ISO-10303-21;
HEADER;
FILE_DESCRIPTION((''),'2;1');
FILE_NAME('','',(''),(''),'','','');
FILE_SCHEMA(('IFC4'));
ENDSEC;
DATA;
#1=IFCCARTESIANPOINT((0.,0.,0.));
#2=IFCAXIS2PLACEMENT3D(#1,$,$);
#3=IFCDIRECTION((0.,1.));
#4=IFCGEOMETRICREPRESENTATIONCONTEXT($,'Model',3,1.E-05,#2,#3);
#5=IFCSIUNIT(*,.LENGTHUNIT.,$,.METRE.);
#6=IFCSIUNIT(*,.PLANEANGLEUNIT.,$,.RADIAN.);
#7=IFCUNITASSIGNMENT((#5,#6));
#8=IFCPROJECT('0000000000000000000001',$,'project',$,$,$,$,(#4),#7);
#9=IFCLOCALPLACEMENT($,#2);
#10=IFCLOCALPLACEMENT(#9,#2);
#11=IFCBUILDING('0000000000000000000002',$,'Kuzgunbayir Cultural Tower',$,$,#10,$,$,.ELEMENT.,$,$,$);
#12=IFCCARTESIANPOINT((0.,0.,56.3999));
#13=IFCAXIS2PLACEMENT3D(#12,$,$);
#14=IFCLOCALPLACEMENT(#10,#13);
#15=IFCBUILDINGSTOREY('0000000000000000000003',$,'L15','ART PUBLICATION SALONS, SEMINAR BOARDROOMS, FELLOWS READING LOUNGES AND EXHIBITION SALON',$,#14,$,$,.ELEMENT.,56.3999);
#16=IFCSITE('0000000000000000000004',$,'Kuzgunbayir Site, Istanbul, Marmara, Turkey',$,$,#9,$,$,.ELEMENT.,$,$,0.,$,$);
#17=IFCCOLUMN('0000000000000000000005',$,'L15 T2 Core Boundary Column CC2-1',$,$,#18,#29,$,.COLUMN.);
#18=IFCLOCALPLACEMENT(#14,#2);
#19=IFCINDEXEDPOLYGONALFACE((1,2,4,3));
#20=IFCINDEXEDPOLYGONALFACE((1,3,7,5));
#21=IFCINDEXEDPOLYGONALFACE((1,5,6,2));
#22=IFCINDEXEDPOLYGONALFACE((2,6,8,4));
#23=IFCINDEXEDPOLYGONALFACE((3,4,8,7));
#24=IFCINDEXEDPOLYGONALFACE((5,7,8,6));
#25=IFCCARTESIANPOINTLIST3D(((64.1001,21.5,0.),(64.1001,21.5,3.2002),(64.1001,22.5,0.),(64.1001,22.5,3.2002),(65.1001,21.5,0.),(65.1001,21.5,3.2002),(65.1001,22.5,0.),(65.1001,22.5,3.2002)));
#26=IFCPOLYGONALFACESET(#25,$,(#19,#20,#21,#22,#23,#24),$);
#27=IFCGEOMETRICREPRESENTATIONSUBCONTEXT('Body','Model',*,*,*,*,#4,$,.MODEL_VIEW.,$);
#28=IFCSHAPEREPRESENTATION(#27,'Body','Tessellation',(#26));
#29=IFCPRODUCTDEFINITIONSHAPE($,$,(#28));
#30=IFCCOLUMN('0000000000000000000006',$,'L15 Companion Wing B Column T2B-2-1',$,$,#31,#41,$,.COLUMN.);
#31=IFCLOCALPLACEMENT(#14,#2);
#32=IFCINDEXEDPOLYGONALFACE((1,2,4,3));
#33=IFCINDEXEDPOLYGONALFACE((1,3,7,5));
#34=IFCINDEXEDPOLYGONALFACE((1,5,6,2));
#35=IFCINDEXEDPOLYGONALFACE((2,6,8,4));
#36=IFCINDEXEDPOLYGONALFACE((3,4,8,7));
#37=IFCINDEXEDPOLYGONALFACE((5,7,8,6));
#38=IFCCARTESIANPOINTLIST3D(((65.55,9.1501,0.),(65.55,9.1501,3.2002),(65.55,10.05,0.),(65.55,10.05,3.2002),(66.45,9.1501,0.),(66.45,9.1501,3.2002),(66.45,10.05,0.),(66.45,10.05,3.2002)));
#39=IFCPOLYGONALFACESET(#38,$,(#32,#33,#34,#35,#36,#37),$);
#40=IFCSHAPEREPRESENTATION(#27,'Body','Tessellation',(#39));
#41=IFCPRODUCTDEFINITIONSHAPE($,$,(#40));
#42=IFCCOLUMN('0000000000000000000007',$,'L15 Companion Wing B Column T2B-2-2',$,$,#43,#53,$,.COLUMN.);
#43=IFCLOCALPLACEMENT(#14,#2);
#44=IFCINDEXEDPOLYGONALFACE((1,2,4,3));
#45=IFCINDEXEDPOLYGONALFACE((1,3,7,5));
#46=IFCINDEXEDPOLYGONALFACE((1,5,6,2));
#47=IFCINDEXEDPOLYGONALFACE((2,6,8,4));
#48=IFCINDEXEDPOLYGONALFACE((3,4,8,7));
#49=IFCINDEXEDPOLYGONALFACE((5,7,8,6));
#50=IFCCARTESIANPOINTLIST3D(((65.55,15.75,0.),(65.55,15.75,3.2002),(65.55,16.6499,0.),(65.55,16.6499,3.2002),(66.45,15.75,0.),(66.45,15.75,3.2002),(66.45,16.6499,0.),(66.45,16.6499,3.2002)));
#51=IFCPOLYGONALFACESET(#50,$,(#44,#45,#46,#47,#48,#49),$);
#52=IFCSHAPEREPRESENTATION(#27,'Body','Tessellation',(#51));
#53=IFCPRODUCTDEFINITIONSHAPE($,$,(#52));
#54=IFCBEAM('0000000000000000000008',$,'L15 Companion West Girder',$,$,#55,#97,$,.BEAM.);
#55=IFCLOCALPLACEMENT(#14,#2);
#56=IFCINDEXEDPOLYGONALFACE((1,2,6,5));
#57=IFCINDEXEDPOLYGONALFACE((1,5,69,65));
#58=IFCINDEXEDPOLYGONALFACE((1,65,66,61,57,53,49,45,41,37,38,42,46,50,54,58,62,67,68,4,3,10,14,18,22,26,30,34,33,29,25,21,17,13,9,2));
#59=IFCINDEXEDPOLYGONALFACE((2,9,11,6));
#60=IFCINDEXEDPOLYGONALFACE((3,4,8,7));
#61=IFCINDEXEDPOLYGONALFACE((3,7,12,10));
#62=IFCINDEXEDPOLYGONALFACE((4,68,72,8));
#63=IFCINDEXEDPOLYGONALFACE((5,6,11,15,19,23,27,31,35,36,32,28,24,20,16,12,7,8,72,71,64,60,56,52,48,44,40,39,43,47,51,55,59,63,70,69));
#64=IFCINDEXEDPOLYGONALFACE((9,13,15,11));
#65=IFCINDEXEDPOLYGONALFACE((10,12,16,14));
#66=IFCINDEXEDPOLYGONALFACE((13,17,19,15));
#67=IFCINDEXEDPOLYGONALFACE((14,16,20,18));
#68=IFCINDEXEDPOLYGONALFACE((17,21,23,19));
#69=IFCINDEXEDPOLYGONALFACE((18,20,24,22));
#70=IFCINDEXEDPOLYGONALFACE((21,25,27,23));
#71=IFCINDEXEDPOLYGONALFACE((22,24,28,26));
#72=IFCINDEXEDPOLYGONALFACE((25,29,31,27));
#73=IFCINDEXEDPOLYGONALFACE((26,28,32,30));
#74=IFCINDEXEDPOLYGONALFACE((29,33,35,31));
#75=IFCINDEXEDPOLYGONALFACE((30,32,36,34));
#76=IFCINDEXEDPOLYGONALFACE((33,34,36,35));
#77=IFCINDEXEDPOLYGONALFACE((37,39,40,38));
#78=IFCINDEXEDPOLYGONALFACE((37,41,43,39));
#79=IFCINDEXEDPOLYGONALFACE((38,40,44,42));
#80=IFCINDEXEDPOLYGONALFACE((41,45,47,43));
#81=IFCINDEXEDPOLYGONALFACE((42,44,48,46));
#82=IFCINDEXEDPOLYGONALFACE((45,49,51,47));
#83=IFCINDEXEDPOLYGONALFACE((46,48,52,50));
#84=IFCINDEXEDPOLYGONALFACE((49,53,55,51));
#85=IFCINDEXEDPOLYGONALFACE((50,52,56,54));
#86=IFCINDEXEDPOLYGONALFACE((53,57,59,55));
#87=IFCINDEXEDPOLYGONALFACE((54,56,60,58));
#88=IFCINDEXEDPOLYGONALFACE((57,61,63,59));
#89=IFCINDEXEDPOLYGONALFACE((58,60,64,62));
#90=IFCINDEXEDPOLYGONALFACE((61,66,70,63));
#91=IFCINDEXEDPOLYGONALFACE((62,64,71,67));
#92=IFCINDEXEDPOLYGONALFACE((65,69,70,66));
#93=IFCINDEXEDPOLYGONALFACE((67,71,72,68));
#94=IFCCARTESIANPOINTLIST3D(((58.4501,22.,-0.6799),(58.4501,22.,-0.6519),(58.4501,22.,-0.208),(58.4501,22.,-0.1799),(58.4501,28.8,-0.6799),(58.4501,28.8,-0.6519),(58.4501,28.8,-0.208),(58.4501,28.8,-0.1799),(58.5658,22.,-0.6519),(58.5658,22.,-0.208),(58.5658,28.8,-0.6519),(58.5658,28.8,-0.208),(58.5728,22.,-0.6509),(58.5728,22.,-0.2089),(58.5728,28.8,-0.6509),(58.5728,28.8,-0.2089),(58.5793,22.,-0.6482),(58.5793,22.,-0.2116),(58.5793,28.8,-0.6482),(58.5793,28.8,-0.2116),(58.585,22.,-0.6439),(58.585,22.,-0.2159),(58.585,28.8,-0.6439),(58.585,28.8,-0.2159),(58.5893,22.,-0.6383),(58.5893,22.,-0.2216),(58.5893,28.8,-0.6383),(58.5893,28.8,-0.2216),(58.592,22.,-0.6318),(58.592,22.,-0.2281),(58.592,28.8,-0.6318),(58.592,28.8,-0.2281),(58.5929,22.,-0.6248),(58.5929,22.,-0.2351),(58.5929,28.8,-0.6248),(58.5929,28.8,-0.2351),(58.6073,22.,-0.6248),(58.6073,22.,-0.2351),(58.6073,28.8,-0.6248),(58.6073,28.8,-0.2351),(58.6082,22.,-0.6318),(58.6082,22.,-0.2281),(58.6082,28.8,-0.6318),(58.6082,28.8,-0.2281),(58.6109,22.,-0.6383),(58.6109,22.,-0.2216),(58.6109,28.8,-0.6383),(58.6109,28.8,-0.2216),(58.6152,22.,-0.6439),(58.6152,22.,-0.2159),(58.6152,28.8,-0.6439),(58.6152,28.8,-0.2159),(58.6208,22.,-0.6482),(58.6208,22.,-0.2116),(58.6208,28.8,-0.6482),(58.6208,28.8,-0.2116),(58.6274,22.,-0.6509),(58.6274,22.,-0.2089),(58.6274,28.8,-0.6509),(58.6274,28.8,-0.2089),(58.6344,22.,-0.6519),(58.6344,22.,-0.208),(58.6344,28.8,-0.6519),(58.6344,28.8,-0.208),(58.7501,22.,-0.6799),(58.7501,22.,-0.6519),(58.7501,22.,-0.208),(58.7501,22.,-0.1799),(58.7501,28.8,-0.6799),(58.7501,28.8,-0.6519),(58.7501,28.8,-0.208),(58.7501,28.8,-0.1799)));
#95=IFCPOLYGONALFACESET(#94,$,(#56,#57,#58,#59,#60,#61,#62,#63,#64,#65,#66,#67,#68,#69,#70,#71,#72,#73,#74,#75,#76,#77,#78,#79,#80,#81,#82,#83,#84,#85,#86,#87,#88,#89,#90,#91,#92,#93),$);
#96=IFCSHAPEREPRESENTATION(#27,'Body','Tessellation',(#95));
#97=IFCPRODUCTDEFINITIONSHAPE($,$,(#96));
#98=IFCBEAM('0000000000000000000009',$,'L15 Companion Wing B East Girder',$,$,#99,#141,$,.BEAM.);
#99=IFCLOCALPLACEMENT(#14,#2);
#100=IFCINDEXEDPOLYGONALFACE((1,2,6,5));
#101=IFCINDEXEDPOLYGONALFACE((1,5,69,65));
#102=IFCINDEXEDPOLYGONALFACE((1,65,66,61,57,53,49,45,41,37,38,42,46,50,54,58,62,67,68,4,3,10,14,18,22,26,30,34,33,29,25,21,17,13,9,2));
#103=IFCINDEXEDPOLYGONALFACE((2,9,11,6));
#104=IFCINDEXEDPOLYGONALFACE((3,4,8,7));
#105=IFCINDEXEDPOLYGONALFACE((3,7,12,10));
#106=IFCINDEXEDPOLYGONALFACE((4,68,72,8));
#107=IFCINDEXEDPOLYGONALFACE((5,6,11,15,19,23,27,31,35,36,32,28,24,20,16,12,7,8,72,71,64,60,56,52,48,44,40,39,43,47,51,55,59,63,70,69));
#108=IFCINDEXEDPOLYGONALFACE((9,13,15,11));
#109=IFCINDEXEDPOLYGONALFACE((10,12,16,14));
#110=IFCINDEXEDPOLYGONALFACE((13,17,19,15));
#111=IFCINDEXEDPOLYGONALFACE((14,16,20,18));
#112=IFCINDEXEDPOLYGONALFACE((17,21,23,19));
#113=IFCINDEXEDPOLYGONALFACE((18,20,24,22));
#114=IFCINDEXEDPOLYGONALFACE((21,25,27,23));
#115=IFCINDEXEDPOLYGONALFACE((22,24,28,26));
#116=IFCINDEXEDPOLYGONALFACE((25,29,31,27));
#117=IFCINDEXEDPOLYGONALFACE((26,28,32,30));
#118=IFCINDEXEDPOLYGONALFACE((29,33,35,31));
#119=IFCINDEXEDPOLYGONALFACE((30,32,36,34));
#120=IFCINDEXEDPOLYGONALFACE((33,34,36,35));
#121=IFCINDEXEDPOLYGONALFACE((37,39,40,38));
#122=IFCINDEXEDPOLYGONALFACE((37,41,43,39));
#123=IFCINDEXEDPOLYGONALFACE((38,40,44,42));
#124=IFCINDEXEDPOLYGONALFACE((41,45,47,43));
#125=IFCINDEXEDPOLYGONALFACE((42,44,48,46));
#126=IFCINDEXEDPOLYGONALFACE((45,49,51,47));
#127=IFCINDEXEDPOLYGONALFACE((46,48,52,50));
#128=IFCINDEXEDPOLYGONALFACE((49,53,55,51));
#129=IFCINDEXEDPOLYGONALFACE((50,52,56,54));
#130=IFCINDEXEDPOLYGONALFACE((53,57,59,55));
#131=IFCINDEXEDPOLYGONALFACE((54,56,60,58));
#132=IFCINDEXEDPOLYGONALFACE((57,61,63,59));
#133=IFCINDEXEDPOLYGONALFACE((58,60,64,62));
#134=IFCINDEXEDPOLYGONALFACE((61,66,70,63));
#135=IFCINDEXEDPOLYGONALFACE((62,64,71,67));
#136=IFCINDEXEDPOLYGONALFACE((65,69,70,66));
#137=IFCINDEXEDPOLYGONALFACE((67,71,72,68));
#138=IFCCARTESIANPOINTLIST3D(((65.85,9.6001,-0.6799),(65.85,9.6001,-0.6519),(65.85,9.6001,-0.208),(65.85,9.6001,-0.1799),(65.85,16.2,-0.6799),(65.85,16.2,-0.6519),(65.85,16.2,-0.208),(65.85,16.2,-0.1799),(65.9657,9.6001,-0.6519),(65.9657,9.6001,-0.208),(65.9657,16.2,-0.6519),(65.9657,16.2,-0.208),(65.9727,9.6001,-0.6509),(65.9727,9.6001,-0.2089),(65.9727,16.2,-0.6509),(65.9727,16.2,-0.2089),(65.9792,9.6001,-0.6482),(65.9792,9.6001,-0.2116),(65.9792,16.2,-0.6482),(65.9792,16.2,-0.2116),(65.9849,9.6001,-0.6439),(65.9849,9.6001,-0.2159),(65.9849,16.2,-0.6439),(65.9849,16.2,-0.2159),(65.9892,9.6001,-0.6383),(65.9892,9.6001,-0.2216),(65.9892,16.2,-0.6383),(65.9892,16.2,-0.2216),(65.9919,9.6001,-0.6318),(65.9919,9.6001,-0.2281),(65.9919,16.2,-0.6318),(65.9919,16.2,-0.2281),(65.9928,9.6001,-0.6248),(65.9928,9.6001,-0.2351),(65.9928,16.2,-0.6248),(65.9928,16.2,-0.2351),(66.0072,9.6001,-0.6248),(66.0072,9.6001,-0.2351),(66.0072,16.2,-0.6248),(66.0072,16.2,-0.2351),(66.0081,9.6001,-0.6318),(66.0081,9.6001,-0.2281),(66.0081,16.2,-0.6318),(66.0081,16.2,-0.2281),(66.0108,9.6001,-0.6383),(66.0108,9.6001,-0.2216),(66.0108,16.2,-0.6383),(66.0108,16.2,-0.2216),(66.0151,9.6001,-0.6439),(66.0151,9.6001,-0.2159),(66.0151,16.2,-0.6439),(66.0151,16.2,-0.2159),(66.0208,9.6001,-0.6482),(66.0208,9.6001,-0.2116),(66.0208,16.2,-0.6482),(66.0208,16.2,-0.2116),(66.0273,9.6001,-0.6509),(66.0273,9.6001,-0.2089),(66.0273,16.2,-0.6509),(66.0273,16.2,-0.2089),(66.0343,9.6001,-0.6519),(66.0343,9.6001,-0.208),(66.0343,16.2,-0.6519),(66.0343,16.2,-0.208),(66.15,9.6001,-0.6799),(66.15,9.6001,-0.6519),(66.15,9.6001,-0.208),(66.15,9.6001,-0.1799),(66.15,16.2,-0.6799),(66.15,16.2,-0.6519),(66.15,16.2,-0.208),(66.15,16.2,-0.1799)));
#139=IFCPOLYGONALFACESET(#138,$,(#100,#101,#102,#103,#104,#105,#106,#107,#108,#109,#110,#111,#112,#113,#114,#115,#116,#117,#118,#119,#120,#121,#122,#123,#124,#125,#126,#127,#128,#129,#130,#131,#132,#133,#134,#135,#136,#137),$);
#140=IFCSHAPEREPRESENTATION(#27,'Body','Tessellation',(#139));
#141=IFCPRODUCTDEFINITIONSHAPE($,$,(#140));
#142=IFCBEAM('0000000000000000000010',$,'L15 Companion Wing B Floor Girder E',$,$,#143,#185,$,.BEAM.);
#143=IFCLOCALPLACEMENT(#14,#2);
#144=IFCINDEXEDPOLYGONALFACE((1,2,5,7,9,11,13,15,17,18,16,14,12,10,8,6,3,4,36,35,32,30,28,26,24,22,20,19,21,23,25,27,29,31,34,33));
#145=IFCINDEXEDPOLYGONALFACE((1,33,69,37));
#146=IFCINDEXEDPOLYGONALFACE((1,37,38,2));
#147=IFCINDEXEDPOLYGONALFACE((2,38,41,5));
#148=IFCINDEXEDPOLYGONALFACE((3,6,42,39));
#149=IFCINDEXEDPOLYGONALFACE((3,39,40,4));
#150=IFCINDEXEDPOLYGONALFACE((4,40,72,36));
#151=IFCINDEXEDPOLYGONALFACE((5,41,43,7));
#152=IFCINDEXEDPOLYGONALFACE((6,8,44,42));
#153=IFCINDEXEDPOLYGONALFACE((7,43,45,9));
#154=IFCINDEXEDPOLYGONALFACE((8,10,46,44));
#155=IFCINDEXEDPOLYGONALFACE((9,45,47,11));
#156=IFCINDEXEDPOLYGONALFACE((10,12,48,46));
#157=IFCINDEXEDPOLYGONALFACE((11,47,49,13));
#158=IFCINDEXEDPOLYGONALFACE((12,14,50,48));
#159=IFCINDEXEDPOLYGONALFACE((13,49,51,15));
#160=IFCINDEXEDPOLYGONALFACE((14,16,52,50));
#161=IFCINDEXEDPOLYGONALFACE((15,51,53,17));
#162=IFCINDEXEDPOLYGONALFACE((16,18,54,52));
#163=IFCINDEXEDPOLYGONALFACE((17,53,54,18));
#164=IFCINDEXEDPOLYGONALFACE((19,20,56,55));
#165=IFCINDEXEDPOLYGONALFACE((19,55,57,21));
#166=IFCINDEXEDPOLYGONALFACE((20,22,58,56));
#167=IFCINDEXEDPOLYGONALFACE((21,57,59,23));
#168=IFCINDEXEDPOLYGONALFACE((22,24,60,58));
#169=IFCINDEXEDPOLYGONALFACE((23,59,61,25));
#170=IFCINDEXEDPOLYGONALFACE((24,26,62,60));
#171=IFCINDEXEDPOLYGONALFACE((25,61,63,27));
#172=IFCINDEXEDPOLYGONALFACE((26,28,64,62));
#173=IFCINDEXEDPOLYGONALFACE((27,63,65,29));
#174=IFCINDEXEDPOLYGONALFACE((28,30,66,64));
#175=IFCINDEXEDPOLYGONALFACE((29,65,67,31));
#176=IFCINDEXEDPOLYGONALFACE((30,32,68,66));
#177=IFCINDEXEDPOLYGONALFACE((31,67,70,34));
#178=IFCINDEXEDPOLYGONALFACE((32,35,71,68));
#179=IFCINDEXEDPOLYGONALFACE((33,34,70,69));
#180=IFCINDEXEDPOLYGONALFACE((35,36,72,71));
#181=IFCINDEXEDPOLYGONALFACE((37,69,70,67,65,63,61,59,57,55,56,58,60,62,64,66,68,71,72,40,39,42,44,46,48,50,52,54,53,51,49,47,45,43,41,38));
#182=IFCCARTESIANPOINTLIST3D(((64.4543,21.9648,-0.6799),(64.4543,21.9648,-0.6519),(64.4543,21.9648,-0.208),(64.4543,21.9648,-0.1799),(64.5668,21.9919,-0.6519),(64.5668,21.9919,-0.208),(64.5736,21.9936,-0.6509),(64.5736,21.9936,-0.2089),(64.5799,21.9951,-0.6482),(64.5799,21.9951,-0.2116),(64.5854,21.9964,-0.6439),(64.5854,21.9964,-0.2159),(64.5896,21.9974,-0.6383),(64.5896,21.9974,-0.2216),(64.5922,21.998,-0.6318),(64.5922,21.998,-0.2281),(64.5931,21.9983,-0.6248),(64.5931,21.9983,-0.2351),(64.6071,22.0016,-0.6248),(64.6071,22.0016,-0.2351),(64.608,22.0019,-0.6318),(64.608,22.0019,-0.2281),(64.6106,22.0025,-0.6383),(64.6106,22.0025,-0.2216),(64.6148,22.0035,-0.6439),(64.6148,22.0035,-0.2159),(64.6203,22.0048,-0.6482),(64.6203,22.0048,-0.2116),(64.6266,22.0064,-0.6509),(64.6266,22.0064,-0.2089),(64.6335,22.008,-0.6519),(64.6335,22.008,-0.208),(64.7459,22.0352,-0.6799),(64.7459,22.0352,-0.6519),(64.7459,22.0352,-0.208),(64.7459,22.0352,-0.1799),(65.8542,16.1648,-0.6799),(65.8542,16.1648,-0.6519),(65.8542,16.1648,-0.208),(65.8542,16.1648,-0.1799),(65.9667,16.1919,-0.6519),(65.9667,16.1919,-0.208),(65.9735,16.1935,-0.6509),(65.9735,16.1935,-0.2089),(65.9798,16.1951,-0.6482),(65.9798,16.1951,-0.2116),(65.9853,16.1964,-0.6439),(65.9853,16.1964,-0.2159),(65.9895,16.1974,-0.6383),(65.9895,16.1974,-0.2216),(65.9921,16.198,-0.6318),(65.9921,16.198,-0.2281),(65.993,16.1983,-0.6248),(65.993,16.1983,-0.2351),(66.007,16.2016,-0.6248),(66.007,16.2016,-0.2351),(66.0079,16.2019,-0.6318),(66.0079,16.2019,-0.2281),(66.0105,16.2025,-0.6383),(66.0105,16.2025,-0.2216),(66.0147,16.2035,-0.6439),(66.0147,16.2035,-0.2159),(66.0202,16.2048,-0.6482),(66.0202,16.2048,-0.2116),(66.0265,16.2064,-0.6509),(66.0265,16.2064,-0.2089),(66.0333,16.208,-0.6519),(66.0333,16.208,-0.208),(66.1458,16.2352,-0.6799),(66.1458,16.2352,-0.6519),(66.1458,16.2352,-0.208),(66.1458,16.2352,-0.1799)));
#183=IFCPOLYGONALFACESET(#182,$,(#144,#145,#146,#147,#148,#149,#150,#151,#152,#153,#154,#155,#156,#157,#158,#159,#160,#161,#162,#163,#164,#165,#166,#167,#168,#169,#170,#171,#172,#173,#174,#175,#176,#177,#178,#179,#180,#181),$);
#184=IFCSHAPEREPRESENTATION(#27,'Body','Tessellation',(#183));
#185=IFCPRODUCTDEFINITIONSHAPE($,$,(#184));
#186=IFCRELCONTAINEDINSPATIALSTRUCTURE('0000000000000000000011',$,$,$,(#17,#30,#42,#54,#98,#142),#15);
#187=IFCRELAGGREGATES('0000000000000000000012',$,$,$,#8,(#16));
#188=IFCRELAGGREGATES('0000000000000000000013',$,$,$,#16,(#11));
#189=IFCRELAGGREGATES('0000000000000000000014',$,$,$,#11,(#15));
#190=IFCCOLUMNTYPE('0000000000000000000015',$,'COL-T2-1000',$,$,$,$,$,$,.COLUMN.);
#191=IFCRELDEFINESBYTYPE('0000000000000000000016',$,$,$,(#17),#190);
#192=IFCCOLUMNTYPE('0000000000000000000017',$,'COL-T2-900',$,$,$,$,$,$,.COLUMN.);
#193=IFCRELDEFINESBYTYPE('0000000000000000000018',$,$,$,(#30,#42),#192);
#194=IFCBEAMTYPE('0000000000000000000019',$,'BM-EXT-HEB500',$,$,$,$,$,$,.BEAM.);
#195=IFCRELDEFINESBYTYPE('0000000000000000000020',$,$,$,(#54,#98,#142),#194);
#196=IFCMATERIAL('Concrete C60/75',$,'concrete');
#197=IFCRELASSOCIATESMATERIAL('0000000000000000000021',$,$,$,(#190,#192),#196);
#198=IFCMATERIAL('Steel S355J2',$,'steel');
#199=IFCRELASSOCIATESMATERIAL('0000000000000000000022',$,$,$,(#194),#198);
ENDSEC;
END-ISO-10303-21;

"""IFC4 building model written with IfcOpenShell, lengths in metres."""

from ifc_helpers import new_model, si_unit, direction, frame, origin, origin_2d, place, context, subcontext, project, spatial, rectangle, i_section, extrude, material, material_profile, profile_set, type_object, element, save


model = new_model("IFC4")

# Units and contexts
model_context = context("Model", 3, precision=1e-05, world=origin(), true_north=direction((0.0, 1.0)))
body_context = subcontext(model_context, "Body", "Model", "MODEL_VIEW")
ifc_project = project(units=[si_unit("LENGTHUNIT", "METRE"), si_unit("PLANEANGLEUNIT", "RADIAN")], contexts=[model_context])

# Site, building, storey
site_placement = place(None, origin())
site = spatial("IfcSite", under=ifc_project, at=site_placement, Name="Kuzgunbayir Site, Istanbul, Marmara, Turkey", CompositionType="ELEMENT", RefElevation=0.0)
building_placement = place(site_placement, origin())
building = spatial("IfcBuilding", under=site, at=building_placement, Name="Kuzgunbayir Cultural Tower", CompositionType="ELEMENT")
storey_placement = place(building_placement, frame((0.0, 0.0, 56.3999)))
storey = spatial("IfcBuildingStorey", under=building, at=storey_placement, Name="L15", Description="ART PUBLICATION SALONS, SEMINAR BOARDROOMS, FELLOWS READING LOUNGES AND EXHIBITION SALON", CompositionType="ELEMENT", Elevation=56.3999)

# Columns
ifc_material_1 = material(Name="Concrete C60/75", Category="concrete")
ifc_material_profile_1 = material_profile(ifc_material_1, rectangle(XDim=1.0, YDim=1.0, at=origin_2d()), Name="RC 1000x1000")
ifc_profile_set_1 = profile_set([ifc_material_profile_1], Name="Concrete C60/75")
column_type_1 = type_object("IfcColumnType", Name="COL-T2-1000", PredefinedType="COLUMN", material=ifc_profile_set_1)
column_placement = place(storey_placement, frame((64.6001, 22.0, 0.0), z_axis=(0.0, 0.0, 1.0), x_axis=(1.0, 0.0, 0.0)))
element("IfcColumn", 1, at=column_placement, inside=storey, type_object=column_type_1, Name="L15 T2 Core Boundary Column CC2-1", PredefinedType="COLUMN", context=body_context, shape_type="SweptSolid", body=[
    extrude(rectangle(XDim=1.0, YDim=1.0, at=origin_2d()), origin(), (0.0, 0.0, 1.0), 3.2002),
])
ifc_material_profile_2 = material_profile(ifc_material_1, rectangle(XDim=0.8999, YDim=0.8999, at=origin_2d()), Name="RC 900x900")
ifc_profile_set_2 = profile_set([ifc_material_profile_2], Name="Concrete C60/75")
column_type_2 = type_object("IfcColumnType", Name="COL-T2-900", PredefinedType="COLUMN", material=ifc_profile_set_2)
for number, where, z_axis, x_axis, name in (
    (2, (66.0, 9.6001, 0.0), (0.0, 0.0, 1.0), (1.0, 0.0, 0.0), "L15 Companion Wing B Column T2B-2-1"),
    (3, (66.0, 16.2, 0.0), (0.0, 0.0, 1.0), (1.0, 0.0, 0.0), "L15 Companion Wing B Column T2B-2-2"),
):
    element("IfcColumn", number, at=place(storey_placement, frame(where, z_axis=z_axis, x_axis=x_axis)), inside=storey, type_object=column_type_2, Name=name, PredefinedType="COLUMN", context=body_context, shape_type="SweptSolid", body=[
        extrude(rectangle(XDim=0.8999, YDim=0.8999, at=origin_2d()), origin(), (0.0, 0.0, 1.0), 3.2002),
    ])

# Beams
ifc_material_2 = material(Name="Steel S355J2", Category="steel")
ifc_material_profile_3 = material_profile(ifc_material_2, i_section(OverallWidth=0.3, OverallDepth=0.5, WebThickness=0.0144, FlangeThickness=0.0281, FilletRadius=0.0271, at=origin_2d()), Name="HEB 500")
ifc_profile_set_3 = profile_set([ifc_material_profile_3], Name="Steel S355J2")
beam_type_1 = type_object("IfcBeamType", Name="BM-EXT-HEB500", PredefinedType="BEAM", material=ifc_profile_set_3)
beam_1_placement = place(storey_placement, frame((58.6001, 22.0, -0.4299), z_axis=(0.0, 1.0, 0.0), x_axis=(-1.0, 0.0, 0.0)))
element("IfcBeam", 4, at=beam_1_placement, inside=storey, type_object=beam_type_1, Name="L15 Companion West Girder", PredefinedType="BEAM", context=body_context, shape_type="SweptSolid", body=[
    extrude(i_section(OverallWidth=0.3, OverallDepth=0.5, WebThickness=0.0144, FlangeThickness=0.0281, FilletRadius=0.0271, at=origin_2d()), origin(), (0.0, 0.0, 1.0), 6.8),
])
beam_2_placement = place(storey_placement, frame((66.0, 9.6001, -0.4299), z_axis=(0.0, 1.0, 0.0), x_axis=(-1.0, 0.0, 0.0)))
element("IfcBeam", 5, at=beam_2_placement, inside=storey, type_object=beam_type_1, Name="L15 Companion Wing B East Girder", PredefinedType="BEAM", context=body_context, shape_type="SweptSolid", body=[
    extrude(i_section(OverallWidth=0.3, OverallDepth=0.5, WebThickness=0.0144, FlangeThickness=0.0281, FilletRadius=0.0271, at=origin_2d()), origin(), (0.0, 0.0, 1.0), 6.5999),
])
beam_3_placement = place(storey_placement, frame((66.0, 16.2, -0.4299), z_axis=(-0.234623, 0.972086, 0.0), x_axis=(-0.972086, -0.234623, 0.0)))
element("IfcBeam", 6, at=beam_3_placement, inside=storey, type_object=beam_type_1, Name="L15 Companion Wing B Floor Girder E", PredefinedType="BEAM", context=body_context, shape_type="SweptSolid", body=[
    extrude(i_section(OverallWidth=0.3, OverallDepth=0.5, WebThickness=0.0144, FlangeThickness=0.0281, FilletRadius=0.0271, at=origin_2d()), origin(), (0.0, 0.0, 1.0), 5.9666),
])

save(model, "model.ifc")
